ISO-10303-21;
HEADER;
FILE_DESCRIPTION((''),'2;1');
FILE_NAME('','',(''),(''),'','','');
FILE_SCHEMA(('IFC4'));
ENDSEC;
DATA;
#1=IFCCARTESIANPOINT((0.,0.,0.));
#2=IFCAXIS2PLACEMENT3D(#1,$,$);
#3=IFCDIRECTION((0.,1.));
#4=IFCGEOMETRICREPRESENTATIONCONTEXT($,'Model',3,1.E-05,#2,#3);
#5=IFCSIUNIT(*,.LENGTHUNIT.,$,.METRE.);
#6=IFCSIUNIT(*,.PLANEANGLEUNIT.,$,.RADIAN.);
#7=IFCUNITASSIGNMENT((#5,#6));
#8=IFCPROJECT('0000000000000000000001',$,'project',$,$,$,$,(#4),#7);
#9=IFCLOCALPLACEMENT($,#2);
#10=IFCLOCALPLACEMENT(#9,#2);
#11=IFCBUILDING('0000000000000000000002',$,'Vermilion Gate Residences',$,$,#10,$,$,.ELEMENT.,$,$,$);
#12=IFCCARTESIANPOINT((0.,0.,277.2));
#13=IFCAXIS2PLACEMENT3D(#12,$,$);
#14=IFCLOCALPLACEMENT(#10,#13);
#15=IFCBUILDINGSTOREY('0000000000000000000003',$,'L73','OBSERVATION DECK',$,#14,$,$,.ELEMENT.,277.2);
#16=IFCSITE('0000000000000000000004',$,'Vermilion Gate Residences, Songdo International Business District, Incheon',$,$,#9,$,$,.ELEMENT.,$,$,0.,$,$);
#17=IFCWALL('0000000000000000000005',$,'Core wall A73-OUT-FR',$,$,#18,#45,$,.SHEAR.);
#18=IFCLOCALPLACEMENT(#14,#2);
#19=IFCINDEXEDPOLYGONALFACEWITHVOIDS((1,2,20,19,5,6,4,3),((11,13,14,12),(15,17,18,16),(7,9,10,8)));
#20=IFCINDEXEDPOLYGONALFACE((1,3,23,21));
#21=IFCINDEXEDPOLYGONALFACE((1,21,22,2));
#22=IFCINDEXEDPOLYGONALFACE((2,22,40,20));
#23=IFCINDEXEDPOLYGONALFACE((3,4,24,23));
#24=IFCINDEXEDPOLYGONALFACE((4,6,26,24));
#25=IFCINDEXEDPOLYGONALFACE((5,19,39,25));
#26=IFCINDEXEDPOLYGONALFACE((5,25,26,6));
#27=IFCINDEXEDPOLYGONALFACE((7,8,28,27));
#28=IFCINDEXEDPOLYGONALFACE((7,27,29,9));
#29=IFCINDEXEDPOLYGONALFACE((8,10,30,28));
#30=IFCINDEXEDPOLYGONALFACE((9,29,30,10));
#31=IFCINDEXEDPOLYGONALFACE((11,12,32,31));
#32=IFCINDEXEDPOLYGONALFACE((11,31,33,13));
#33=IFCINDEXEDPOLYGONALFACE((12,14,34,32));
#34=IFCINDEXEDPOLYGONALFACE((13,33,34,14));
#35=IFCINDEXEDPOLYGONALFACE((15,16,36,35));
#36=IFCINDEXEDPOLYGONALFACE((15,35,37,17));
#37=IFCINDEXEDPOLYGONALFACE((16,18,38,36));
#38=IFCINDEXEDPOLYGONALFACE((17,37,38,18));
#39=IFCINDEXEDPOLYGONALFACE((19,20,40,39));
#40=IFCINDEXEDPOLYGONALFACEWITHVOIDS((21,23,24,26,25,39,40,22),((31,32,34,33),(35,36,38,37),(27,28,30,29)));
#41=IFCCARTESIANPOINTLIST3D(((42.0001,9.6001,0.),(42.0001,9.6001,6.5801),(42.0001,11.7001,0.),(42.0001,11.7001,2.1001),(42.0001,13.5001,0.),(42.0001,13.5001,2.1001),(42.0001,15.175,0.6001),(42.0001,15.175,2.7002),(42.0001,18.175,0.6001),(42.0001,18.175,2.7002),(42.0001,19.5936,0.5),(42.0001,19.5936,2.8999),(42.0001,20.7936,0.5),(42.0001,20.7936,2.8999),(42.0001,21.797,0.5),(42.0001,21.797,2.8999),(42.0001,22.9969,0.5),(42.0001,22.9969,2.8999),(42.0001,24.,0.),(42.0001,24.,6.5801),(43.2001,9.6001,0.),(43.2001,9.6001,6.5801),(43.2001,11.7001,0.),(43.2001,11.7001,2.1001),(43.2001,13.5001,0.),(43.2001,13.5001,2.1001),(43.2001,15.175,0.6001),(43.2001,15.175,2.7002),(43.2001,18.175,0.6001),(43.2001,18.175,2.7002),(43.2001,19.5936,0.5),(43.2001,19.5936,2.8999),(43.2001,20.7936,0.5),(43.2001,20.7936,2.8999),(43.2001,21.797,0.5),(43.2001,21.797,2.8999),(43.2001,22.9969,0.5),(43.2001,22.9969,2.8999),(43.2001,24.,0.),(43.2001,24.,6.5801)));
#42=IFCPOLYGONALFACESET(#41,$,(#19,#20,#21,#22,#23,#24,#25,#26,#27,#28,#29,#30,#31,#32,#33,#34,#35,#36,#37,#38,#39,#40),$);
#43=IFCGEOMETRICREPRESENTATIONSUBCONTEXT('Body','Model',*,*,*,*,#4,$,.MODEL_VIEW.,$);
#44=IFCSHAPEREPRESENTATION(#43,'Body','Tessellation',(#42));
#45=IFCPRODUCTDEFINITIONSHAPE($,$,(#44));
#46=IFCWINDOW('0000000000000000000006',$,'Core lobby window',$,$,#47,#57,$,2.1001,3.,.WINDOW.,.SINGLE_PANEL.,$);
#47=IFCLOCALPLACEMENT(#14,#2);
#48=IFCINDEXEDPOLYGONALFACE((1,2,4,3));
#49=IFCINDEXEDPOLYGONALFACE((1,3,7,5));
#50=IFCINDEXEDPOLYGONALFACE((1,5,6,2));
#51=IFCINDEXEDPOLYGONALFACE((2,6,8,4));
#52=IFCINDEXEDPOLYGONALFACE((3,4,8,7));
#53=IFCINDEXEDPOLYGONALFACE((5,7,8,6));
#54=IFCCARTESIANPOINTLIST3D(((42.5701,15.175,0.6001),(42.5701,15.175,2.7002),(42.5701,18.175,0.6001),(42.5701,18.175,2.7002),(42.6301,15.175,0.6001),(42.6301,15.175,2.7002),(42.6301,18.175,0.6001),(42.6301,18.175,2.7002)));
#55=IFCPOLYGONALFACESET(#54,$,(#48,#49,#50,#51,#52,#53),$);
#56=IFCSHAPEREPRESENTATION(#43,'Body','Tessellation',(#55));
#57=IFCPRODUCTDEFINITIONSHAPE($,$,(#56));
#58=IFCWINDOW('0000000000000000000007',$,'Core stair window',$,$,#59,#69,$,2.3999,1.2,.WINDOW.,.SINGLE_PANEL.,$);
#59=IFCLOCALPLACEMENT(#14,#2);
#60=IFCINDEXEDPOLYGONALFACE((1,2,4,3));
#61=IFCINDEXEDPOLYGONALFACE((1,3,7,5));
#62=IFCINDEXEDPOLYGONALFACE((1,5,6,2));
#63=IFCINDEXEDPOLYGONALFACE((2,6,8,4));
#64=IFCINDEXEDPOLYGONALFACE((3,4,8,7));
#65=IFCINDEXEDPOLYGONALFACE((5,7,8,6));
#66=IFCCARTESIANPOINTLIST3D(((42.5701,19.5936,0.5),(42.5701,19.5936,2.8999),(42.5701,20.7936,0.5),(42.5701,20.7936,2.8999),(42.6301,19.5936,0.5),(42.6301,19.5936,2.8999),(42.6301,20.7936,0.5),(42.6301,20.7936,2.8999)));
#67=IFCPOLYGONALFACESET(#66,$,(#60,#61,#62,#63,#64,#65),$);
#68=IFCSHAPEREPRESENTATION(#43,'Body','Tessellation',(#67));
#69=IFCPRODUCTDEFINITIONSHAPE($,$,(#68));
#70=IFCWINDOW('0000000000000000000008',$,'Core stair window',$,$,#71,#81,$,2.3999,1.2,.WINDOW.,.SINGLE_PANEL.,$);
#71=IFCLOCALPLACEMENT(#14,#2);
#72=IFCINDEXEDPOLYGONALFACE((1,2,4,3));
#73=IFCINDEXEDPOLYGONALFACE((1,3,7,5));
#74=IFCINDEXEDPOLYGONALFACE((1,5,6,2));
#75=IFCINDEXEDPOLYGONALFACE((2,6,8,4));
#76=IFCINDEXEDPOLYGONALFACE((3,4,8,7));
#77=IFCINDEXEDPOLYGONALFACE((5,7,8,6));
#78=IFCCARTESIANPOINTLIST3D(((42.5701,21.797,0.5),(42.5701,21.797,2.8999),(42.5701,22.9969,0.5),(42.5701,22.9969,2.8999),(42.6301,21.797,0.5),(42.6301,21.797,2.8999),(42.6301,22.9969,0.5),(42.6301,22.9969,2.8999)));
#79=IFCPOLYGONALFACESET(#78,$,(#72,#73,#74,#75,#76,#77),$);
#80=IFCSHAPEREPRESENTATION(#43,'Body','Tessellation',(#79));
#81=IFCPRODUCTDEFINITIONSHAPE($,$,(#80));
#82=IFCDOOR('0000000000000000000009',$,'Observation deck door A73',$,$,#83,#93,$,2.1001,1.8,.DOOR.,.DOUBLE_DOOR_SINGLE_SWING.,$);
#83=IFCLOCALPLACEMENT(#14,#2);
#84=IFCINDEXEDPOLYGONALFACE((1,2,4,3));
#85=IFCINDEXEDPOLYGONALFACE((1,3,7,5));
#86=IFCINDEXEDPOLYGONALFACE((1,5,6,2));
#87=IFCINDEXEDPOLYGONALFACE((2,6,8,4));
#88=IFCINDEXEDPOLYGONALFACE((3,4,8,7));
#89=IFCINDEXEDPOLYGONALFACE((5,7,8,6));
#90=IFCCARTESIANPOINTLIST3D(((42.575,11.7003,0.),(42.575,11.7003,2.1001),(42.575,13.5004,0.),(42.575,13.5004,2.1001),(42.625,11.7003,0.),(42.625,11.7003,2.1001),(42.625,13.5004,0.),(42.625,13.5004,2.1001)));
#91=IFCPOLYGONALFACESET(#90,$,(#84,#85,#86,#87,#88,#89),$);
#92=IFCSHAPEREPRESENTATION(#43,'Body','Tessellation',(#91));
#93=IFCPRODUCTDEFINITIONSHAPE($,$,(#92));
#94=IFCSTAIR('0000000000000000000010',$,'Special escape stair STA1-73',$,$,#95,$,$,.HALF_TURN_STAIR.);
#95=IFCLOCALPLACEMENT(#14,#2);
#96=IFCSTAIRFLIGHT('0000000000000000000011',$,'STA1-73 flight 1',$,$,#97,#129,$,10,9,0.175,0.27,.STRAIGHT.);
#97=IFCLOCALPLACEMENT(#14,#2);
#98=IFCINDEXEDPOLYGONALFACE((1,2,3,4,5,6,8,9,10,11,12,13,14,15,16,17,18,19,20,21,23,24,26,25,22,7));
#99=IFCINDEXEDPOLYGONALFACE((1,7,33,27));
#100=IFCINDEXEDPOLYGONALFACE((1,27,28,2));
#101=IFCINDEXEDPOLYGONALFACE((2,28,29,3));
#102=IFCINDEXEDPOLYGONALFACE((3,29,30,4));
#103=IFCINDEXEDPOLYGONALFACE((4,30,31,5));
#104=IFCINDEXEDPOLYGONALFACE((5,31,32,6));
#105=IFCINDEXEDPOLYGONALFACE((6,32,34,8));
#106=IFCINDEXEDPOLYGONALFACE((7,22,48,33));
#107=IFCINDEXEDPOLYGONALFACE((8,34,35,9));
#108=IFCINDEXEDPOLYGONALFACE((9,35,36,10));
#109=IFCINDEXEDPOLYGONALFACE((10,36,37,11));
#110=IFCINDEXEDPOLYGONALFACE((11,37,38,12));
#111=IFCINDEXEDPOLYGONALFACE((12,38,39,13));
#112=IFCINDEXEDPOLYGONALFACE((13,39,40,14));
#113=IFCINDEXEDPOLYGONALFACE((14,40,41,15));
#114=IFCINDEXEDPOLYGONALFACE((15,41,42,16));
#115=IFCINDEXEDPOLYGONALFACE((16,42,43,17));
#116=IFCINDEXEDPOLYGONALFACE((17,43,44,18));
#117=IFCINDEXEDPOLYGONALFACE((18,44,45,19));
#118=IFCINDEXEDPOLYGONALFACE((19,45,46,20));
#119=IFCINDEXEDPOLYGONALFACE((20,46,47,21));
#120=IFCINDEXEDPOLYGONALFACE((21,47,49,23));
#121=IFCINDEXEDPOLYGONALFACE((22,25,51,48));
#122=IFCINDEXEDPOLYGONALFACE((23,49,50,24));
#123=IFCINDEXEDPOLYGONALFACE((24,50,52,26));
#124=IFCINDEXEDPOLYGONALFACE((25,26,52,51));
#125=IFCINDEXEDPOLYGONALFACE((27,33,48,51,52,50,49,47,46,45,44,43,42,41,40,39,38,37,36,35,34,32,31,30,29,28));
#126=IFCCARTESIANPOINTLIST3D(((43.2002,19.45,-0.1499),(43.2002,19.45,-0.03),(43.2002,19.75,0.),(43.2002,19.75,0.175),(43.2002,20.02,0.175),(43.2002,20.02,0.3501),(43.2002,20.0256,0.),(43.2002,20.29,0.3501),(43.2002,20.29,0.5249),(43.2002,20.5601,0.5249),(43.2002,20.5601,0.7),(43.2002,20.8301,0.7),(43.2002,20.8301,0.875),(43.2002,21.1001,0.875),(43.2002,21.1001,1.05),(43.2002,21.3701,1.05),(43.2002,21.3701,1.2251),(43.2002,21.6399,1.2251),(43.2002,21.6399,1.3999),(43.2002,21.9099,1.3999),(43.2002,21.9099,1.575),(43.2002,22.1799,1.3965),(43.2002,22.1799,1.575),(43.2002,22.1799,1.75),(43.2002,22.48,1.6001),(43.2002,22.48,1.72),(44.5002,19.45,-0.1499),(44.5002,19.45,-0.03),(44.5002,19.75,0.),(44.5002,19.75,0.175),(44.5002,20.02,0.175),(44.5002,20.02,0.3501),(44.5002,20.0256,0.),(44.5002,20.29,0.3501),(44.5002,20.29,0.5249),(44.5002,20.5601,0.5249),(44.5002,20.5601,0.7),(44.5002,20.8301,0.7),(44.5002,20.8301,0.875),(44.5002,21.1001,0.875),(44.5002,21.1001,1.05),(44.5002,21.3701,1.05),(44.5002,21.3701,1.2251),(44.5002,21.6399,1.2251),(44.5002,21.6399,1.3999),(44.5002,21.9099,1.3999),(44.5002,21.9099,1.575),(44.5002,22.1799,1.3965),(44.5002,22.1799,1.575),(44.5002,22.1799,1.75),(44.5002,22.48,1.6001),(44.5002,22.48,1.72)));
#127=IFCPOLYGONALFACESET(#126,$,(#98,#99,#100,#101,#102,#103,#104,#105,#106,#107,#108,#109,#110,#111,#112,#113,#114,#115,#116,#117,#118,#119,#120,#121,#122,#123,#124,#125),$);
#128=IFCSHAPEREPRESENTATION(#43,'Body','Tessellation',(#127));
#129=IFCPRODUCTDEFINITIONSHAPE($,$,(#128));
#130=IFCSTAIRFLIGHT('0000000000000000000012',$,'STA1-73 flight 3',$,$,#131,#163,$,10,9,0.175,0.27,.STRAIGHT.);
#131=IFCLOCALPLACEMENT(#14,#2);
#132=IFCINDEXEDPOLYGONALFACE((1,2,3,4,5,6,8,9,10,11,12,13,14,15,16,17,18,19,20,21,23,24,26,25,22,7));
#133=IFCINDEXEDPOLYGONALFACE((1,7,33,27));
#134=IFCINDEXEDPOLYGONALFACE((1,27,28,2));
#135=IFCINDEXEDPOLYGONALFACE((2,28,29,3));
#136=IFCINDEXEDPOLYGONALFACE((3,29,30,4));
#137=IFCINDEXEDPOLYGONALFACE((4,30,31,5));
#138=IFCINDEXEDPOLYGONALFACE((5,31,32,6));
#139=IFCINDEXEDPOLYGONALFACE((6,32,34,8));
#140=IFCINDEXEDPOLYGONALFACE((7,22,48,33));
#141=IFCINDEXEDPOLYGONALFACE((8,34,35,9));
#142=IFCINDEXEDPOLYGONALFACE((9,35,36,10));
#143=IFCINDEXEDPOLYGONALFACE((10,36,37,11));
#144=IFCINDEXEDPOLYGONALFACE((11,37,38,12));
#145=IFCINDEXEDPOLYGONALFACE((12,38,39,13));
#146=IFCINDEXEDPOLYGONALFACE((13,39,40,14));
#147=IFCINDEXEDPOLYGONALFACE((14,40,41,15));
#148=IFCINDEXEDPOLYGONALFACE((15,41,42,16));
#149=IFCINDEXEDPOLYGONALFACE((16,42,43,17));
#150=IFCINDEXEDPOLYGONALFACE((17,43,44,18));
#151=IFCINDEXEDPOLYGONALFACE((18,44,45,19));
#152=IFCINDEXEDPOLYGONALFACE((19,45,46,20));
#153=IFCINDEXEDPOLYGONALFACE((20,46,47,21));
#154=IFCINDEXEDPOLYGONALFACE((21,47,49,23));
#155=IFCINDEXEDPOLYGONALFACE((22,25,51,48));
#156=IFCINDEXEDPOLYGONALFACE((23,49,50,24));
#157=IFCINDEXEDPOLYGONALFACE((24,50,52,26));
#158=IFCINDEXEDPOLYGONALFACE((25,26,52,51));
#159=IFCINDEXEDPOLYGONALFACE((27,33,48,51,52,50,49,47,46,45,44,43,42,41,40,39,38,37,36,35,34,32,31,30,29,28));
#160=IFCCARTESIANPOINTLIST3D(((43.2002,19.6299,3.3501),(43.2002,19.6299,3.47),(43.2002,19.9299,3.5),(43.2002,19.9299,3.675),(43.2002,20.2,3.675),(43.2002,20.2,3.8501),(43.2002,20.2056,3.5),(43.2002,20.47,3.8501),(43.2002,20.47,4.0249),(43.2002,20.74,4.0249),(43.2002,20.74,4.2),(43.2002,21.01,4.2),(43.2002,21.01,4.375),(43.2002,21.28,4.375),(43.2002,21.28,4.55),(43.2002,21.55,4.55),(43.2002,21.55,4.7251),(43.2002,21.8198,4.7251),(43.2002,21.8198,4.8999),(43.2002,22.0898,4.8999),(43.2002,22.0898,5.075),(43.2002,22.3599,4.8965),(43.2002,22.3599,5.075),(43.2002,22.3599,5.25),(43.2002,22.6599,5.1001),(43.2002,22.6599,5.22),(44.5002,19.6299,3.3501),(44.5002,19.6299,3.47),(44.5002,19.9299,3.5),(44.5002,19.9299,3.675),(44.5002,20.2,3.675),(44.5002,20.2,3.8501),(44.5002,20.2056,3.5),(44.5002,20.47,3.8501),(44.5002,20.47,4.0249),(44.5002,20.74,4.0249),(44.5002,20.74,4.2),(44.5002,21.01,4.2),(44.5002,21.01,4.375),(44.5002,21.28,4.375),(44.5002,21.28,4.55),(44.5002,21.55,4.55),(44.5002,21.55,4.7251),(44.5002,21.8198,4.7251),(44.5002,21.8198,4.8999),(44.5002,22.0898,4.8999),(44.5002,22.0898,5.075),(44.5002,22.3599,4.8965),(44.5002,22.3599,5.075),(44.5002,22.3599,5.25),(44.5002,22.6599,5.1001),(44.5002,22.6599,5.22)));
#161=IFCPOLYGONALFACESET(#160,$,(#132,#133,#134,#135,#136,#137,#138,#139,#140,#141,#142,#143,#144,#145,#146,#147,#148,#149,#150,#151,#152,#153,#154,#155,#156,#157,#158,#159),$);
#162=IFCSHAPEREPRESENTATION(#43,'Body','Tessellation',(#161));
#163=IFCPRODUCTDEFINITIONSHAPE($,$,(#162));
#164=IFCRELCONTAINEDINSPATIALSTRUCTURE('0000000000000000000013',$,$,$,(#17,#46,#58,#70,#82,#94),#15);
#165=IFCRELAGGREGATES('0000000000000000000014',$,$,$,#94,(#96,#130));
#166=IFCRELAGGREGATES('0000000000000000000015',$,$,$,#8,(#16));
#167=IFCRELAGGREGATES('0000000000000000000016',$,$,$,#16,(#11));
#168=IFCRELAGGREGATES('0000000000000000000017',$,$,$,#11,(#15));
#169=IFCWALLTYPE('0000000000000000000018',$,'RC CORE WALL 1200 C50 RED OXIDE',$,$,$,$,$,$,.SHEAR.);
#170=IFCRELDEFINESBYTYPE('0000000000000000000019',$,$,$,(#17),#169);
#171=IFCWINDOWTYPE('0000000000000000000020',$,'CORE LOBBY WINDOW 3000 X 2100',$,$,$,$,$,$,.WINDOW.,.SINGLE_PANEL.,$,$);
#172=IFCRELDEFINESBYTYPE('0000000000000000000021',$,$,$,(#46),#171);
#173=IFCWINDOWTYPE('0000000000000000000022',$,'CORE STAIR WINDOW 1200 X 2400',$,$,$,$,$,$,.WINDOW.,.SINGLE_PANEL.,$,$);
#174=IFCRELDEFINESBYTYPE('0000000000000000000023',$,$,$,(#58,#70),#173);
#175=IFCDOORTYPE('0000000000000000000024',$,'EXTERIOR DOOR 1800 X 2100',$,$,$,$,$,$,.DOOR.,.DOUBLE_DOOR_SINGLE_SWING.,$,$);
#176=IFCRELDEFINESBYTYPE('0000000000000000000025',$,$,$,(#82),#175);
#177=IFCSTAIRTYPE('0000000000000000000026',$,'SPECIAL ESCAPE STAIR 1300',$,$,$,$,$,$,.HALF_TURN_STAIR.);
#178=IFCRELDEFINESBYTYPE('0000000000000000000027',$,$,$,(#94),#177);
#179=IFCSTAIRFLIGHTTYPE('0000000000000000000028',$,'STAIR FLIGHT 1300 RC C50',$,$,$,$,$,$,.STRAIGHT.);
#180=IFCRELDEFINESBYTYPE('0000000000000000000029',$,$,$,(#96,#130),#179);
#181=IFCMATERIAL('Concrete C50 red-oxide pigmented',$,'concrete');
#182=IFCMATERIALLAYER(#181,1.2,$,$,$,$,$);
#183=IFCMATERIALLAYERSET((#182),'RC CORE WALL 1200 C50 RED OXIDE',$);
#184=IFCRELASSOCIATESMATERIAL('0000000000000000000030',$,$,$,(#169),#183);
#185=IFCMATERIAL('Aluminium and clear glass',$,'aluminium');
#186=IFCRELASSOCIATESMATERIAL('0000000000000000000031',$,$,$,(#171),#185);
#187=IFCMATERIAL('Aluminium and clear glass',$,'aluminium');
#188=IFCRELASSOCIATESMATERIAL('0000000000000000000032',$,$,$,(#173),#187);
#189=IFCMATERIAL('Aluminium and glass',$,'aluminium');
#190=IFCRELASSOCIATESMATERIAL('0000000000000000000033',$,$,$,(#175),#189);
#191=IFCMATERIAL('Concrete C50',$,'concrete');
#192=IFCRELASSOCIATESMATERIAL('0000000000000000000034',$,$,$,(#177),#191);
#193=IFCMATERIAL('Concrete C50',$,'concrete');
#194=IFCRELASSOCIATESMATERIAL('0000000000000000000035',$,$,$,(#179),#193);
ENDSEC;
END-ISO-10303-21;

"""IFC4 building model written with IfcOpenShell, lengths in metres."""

from ifc_helpers import new_model, si_unit, direction, frame, frame_2d, origin, place, context, subcontext, project, spatial, polyline, rectangle, outline, extrude, material, layer, layer_set, type_object, element, fill, aggregate, save


model = new_model("IFC4")

# Units and contexts
model_context = context("Model", 3, precision=1e-05, world=origin(), true_north=direction((0.0, 1.0)))
body_context = subcontext(model_context, "Body", "Model", "MODEL_VIEW")
ifc_project = project(units=[si_unit("LENGTHUNIT", "METRE"), si_unit("PLANEANGLEUNIT", "RADIAN")], contexts=[model_context])

# Site, building, storey
site_placement = place(None, origin())
site = spatial("IfcSite", under=ifc_project, at=site_placement, Name="Vermilion Gate Residences, Songdo International Business District, Incheon", CompositionType="ELEMENT", RefElevation=0.0)
building_placement = place(site_placement, origin())
building = spatial("IfcBuilding", under=site, at=building_placement, Name="Vermilion Gate Residences", CompositionType="ELEMENT")
storey_placement = place(building_placement, frame((0.0, 0.0, 277.2)))
storey = spatial("IfcBuildingStorey", under=building, at=storey_placement, Name="L73", Description="OBSERVATION DECK", CompositionType="ELEMENT", Elevation=277.2)

# Shared definitions
ifc_material_1 = material(Name="Concrete C50 red-oxide pigmented", Category="concrete")
ifc_layer_1 = layer(ifc_material_1, 1.2)
ifc_layer_set_1 = layer_set([ifc_layer_1], Name="RC CORE WALL 1200 C50 RED OXIDE")
wall_type_1 = type_object("IfcWallType", Name="RC CORE WALL 1200 C50 RED OXIDE", PredefinedType="SHEAR", material=ifc_layer_set_1)

# Wall, openings, windows, door
wall_1_placement = place(storey_placement, frame((42.6001, 9.6001, 0.0), z_axis=(0.0, 0.0, 1.0), x_axis=(0.0, 1.0, 0.0)))
wall_1 = element("IfcWall", 1, at=wall_1_placement, inside=storey, type_object=wall_type_1, Name="Core wall A73-OUT-FR", PredefinedType="SHEAR", context=body_context, shape_type="SweptSolid", body=[
    extrude(rectangle(XDim=14.3999, YDim=1.2, at=frame_2d((7.2, 0.0))), origin(), (0.0, 0.0, 1.0), 6.5801),
])
opening_1_placement = place(wall_1_placement, frame((2.1001, 0.0, 0.0)))
opening_1 = element("IfcOpeningElement", 2, at=opening_1_placement, cuts=wall_1, PredefinedType="OPENING", context=body_context, shape_type="SweptSolid", body=[
    extrude(rectangle(XDim=1.8, YDim=2.1001, at=frame_2d((0.8999, 1.05))), frame((0.0, 0.6099, 0.0), z_axis=(0.0, -1.0, 0.0), x_axis=(1.0, 0.0, 0.0)), (0.0, 0.0, 1.0), 1.22),
])
opening_2_placement = place(wall_1_placement, frame((5.575, 0.0, 0.6001)))
opening_2 = element("IfcOpeningElement", 3, at=opening_2_placement, cuts=wall_1, PredefinedType="OPENING", context=body_context, shape_type="SweptSolid", body=[
    extrude(rectangle(XDim=3.0, YDim=2.1001, at=frame_2d((1.5, 1.05))), frame((0.0, 0.6099, 0.0), z_axis=(0.0, -1.0, 0.0), x_axis=(1.0, 0.0, 0.0)), (0.0, 0.0, 1.0), 1.22),
])
opening_3_placement = place(wall_1_placement, frame((9.9934, 0.0, 0.5)))
opening_3 = element("IfcOpeningElement", 4, at=opening_3_placement, cuts=wall_1, PredefinedType="OPENING", context=body_context, shape_type="SweptSolid", body=[
    extrude(rectangle(XDim=1.2, YDim=2.3999, at=frame_2d((0.6001, 1.2))), frame((0.0, 0.6099, 0.0), z_axis=(0.0, -1.0, 0.0), x_axis=(1.0, 0.0, 0.0)), (0.0, 0.0, 1.0), 1.22),
])
opening_4_placement = place(wall_1_placement, frame((12.1968, 0.0, 0.5)))
opening_4 = element("IfcOpeningElement", 5, at=opening_4_placement, cuts=wall_1, PredefinedType="OPENING", context=body_context, shape_type="SweptSolid", body=[
    extrude(rectangle(XDim=1.2, YDim=2.3999, at=frame_2d((0.6001, 1.2))), frame((0.0, 0.6099, 0.0), z_axis=(0.0, -1.0, 0.0), x_axis=(1.0, 0.0, 0.0)), (0.0, 0.0, 1.0), 1.22),
])
ifc_material_2 = material(Name="Aluminium and clear glass", Category="aluminium")
window_type_1 = type_object("IfcWindowType", Name="CORE LOBBY WINDOW 3000 X 2100", PartitioningType="SINGLE_PANEL", PredefinedType="WINDOW", material=ifc_material_2)
window_1_placement = place(opening_2_placement, origin())
window_1 = element("IfcWindow", 6, at=window_1_placement, inside=storey, type_object=window_type_1, Name="Core lobby window", OverallHeight=2.1001, OverallWidth=3.0, PartitioningType="SINGLE_PANEL", PredefinedType="WINDOW", context=body_context, shape_type="SweptSolid", body=[
    extrude(rectangle(XDim=3.0, YDim=2.1001, at=frame_2d((1.5, 1.05))), frame((0.0, 0.03, 0.0), z_axis=(0.0, -1.0, 0.0), x_axis=(1.0, 0.0, 0.0)), (0.0, 0.0, 1.0), 0.0601),
])
fill(opening_2, window_1)
ifc_material_3 = material(Name="Aluminium and clear glass", Category="aluminium")
window_type_2 = type_object("IfcWindowType", Name="CORE STAIR WINDOW 1200 X 2400", PartitioningType="SINGLE_PANEL", PredefinedType="WINDOW", material=ifc_material_3)
window_2_placement = place(opening_3_placement, origin())
window_2 = element("IfcWindow", 7, at=window_2_placement, inside=storey, type_object=window_type_2, Name="Core stair window", OverallHeight=2.3999, OverallWidth=1.2, PartitioningType="SINGLE_PANEL", PredefinedType="WINDOW", context=body_context, shape_type="SweptSolid", body=[
    extrude(rectangle(XDim=1.2, YDim=2.3999, at=frame_2d((0.6001, 1.2))), frame((0.0, 0.03, 0.0), z_axis=(0.0, -1.0, 0.0), x_axis=(1.0, 0.0, 0.0)), (0.0, 0.0, 1.0), 0.0601),
])
fill(opening_3, window_2)
window_3_placement = place(opening_4_placement, origin())
window_3 = element("IfcWindow", 8, at=window_3_placement, inside=storey, type_object=window_type_2, Name="Core stair window", OverallHeight=2.3999, OverallWidth=1.2, PartitioningType="SINGLE_PANEL", PredefinedType="WINDOW", context=body_context, shape_type="SweptSolid", body=[
    extrude(rectangle(XDim=1.2, YDim=2.3999, at=frame_2d((0.6001, 1.2))), frame((0.0, 0.03, 0.0), z_axis=(0.0, -1.0, 0.0), x_axis=(1.0, 0.0, 0.0)), (0.0, 0.0, 1.0), 0.0601),
])
fill(opening_4, window_3)
ifc_material_4 = material(Name="Aluminium and glass", Category="aluminium")
door_type_1 = type_object("IfcDoorType", Name="EXTERIOR DOOR 1800 X 2100", OperationType="DOUBLE_DOOR_SINGLE_SWING", PredefinedType="DOOR", material=ifc_material_4)
door_1_placement = place(opening_1_placement, frame((1.8, 0.0, 0.0), z_axis=(0.0, 0.0, 1.0), x_axis=(-1.0, 0.0, 0.0)))
door_1 = element("IfcDoor", 9, at=door_1_placement, inside=storey, type_object=door_type_1, Name="Observation deck door A73", OperationType="DOUBLE_DOOR_SINGLE_SWING", OverallHeight=2.1001, OverallWidth=1.8, PredefinedType="DOOR", context=body_context, shape_type="SweptSolid", body=[
    extrude(rectangle(XDim=1.8, YDim=2.1001, at=frame_2d((0.8999, 1.05))), frame((0.0, 0.0249, 0.0), z_axis=(0.0, -1.0, 0.0), x_axis=(1.0, 0.0, 0.0)), (0.0, 0.0, 1.0), 0.05),
])
fill(opening_1, door_1)

# Stair, stair flights
ifc_material_5 = material(Name="Concrete C50", Category="concrete")
stair_type = type_object("IfcStairType", Name="SPECIAL ESCAPE STAIR 1300", PredefinedType="HALF_TURN_STAIR", material=ifc_material_5)
stair_placement = place(storey_placement, origin())
stair = element("IfcStair", 10, at=stair_placement, inside=storey, type_object=stair_type, Name="Special escape stair STA1-73", PredefinedType="HALF_TURN_STAIR")
ifc_material_6 = material(Name="Concrete C50", Category="concrete")
stair_flight_type = type_object("IfcStairFlightType", Name="STAIR FLIGHT 1300 RC C50", PredefinedType="STRAIGHT", material=ifc_material_6)
stair_flight_1_placement = place(storey_placement, frame((43.8501, 19.75, 0.0), z_axis=(0.0, 0.0, 1.0), x_axis=(0.0, 1.0, 0.0)))
stair_flight_1 = element("IfcStairFlight", 11, at=stair_flight_1_placement, type_object=stair_flight_type, Name="STA1-73 flight 1", NumberOfRisers=10, NumberOfTreads=9, PredefinedType="STRAIGHT", RiserHeight=0.175, TreadLength=0.27, context=body_context, shape_type="SweptSolid", body=[
    extrude(outline(polyline([(-0.3, -0.1499), (-0.3, -0.03), (0.0, 0.0), (0.0, 0.175), (0.27, 0.175), (0.27, 0.3501), (0.54, 0.3501), (0.54, 0.5249), (0.8101, 0.5249), (0.8101, 0.7), (1.0801, 0.7), (1.0801, 0.875), (1.3501, 0.875), (1.3501, 1.05), (1.6201, 1.05), (1.6201, 1.2251), (1.8899, 1.2251), (1.8899, 1.3999), (2.1599, 1.3999), (2.1599, 1.575), (2.4299, 1.575), (2.4299, 1.75), (2.73, 1.72), (2.73, 1.6001), (2.4299, 1.3965), (0.2756, 0.0), (-0.3, -0.1499)])), frame((0.0, 0.6499, 0.0), z_axis=(0.0, -1.0, 0.0), x_axis=(1.0, 0.0, 0.0)), (0.0, 0.0, 1.0), 1.3),
])
stair_flight_2_placement = place(storey_placement, frame((43.8501, 19.9299, 3.5), z_axis=(0.0, 0.0, 1.0), x_axis=(0.0, 1.0, 0.0)))
stair_flight_2 = element("IfcStairFlight", 12, at=stair_flight_2_placement, type_object=stair_flight_type, Name="STA1-73 flight 3", NumberOfRisers=10, NumberOfTreads=9, PredefinedType="STRAIGHT", RiserHeight=0.175, TreadLength=0.27, context=body_context, shape_type="SweptSolid", body=[
    extrude(outline(polyline([(-0.3, -0.1499), (-0.3, -0.03), (0.0, 0.0), (0.0, 0.175), (0.27, 0.175), (0.27, 0.3501), (0.54, 0.3501), (0.54, 0.5249), (0.8101, 0.5249), (0.8101, 0.7), (1.0801, 0.7), (1.0801, 0.875), (1.3501, 0.875), (1.3501, 1.05), (1.6201, 1.05), (1.6201, 1.2251), (1.8899, 1.2251), (1.8899, 1.3999), (2.1599, 1.3999), (2.1599, 1.575), (2.4299, 1.575), (2.4299, 1.75), (2.73, 1.72), (2.73, 1.6001), (2.4299, 1.3965), (0.2756, 0.0), (-0.3, -0.1499)])), frame((0.0, 0.6499, 0.0), z_axis=(0.0, -1.0, 0.0), x_axis=(1.0, 0.0, 0.0)), (0.0, 0.0, 1.0), 1.3),
])
aggregate(stair, [stair_flight_1, stair_flight_2])

save(model, "model.ifc")
